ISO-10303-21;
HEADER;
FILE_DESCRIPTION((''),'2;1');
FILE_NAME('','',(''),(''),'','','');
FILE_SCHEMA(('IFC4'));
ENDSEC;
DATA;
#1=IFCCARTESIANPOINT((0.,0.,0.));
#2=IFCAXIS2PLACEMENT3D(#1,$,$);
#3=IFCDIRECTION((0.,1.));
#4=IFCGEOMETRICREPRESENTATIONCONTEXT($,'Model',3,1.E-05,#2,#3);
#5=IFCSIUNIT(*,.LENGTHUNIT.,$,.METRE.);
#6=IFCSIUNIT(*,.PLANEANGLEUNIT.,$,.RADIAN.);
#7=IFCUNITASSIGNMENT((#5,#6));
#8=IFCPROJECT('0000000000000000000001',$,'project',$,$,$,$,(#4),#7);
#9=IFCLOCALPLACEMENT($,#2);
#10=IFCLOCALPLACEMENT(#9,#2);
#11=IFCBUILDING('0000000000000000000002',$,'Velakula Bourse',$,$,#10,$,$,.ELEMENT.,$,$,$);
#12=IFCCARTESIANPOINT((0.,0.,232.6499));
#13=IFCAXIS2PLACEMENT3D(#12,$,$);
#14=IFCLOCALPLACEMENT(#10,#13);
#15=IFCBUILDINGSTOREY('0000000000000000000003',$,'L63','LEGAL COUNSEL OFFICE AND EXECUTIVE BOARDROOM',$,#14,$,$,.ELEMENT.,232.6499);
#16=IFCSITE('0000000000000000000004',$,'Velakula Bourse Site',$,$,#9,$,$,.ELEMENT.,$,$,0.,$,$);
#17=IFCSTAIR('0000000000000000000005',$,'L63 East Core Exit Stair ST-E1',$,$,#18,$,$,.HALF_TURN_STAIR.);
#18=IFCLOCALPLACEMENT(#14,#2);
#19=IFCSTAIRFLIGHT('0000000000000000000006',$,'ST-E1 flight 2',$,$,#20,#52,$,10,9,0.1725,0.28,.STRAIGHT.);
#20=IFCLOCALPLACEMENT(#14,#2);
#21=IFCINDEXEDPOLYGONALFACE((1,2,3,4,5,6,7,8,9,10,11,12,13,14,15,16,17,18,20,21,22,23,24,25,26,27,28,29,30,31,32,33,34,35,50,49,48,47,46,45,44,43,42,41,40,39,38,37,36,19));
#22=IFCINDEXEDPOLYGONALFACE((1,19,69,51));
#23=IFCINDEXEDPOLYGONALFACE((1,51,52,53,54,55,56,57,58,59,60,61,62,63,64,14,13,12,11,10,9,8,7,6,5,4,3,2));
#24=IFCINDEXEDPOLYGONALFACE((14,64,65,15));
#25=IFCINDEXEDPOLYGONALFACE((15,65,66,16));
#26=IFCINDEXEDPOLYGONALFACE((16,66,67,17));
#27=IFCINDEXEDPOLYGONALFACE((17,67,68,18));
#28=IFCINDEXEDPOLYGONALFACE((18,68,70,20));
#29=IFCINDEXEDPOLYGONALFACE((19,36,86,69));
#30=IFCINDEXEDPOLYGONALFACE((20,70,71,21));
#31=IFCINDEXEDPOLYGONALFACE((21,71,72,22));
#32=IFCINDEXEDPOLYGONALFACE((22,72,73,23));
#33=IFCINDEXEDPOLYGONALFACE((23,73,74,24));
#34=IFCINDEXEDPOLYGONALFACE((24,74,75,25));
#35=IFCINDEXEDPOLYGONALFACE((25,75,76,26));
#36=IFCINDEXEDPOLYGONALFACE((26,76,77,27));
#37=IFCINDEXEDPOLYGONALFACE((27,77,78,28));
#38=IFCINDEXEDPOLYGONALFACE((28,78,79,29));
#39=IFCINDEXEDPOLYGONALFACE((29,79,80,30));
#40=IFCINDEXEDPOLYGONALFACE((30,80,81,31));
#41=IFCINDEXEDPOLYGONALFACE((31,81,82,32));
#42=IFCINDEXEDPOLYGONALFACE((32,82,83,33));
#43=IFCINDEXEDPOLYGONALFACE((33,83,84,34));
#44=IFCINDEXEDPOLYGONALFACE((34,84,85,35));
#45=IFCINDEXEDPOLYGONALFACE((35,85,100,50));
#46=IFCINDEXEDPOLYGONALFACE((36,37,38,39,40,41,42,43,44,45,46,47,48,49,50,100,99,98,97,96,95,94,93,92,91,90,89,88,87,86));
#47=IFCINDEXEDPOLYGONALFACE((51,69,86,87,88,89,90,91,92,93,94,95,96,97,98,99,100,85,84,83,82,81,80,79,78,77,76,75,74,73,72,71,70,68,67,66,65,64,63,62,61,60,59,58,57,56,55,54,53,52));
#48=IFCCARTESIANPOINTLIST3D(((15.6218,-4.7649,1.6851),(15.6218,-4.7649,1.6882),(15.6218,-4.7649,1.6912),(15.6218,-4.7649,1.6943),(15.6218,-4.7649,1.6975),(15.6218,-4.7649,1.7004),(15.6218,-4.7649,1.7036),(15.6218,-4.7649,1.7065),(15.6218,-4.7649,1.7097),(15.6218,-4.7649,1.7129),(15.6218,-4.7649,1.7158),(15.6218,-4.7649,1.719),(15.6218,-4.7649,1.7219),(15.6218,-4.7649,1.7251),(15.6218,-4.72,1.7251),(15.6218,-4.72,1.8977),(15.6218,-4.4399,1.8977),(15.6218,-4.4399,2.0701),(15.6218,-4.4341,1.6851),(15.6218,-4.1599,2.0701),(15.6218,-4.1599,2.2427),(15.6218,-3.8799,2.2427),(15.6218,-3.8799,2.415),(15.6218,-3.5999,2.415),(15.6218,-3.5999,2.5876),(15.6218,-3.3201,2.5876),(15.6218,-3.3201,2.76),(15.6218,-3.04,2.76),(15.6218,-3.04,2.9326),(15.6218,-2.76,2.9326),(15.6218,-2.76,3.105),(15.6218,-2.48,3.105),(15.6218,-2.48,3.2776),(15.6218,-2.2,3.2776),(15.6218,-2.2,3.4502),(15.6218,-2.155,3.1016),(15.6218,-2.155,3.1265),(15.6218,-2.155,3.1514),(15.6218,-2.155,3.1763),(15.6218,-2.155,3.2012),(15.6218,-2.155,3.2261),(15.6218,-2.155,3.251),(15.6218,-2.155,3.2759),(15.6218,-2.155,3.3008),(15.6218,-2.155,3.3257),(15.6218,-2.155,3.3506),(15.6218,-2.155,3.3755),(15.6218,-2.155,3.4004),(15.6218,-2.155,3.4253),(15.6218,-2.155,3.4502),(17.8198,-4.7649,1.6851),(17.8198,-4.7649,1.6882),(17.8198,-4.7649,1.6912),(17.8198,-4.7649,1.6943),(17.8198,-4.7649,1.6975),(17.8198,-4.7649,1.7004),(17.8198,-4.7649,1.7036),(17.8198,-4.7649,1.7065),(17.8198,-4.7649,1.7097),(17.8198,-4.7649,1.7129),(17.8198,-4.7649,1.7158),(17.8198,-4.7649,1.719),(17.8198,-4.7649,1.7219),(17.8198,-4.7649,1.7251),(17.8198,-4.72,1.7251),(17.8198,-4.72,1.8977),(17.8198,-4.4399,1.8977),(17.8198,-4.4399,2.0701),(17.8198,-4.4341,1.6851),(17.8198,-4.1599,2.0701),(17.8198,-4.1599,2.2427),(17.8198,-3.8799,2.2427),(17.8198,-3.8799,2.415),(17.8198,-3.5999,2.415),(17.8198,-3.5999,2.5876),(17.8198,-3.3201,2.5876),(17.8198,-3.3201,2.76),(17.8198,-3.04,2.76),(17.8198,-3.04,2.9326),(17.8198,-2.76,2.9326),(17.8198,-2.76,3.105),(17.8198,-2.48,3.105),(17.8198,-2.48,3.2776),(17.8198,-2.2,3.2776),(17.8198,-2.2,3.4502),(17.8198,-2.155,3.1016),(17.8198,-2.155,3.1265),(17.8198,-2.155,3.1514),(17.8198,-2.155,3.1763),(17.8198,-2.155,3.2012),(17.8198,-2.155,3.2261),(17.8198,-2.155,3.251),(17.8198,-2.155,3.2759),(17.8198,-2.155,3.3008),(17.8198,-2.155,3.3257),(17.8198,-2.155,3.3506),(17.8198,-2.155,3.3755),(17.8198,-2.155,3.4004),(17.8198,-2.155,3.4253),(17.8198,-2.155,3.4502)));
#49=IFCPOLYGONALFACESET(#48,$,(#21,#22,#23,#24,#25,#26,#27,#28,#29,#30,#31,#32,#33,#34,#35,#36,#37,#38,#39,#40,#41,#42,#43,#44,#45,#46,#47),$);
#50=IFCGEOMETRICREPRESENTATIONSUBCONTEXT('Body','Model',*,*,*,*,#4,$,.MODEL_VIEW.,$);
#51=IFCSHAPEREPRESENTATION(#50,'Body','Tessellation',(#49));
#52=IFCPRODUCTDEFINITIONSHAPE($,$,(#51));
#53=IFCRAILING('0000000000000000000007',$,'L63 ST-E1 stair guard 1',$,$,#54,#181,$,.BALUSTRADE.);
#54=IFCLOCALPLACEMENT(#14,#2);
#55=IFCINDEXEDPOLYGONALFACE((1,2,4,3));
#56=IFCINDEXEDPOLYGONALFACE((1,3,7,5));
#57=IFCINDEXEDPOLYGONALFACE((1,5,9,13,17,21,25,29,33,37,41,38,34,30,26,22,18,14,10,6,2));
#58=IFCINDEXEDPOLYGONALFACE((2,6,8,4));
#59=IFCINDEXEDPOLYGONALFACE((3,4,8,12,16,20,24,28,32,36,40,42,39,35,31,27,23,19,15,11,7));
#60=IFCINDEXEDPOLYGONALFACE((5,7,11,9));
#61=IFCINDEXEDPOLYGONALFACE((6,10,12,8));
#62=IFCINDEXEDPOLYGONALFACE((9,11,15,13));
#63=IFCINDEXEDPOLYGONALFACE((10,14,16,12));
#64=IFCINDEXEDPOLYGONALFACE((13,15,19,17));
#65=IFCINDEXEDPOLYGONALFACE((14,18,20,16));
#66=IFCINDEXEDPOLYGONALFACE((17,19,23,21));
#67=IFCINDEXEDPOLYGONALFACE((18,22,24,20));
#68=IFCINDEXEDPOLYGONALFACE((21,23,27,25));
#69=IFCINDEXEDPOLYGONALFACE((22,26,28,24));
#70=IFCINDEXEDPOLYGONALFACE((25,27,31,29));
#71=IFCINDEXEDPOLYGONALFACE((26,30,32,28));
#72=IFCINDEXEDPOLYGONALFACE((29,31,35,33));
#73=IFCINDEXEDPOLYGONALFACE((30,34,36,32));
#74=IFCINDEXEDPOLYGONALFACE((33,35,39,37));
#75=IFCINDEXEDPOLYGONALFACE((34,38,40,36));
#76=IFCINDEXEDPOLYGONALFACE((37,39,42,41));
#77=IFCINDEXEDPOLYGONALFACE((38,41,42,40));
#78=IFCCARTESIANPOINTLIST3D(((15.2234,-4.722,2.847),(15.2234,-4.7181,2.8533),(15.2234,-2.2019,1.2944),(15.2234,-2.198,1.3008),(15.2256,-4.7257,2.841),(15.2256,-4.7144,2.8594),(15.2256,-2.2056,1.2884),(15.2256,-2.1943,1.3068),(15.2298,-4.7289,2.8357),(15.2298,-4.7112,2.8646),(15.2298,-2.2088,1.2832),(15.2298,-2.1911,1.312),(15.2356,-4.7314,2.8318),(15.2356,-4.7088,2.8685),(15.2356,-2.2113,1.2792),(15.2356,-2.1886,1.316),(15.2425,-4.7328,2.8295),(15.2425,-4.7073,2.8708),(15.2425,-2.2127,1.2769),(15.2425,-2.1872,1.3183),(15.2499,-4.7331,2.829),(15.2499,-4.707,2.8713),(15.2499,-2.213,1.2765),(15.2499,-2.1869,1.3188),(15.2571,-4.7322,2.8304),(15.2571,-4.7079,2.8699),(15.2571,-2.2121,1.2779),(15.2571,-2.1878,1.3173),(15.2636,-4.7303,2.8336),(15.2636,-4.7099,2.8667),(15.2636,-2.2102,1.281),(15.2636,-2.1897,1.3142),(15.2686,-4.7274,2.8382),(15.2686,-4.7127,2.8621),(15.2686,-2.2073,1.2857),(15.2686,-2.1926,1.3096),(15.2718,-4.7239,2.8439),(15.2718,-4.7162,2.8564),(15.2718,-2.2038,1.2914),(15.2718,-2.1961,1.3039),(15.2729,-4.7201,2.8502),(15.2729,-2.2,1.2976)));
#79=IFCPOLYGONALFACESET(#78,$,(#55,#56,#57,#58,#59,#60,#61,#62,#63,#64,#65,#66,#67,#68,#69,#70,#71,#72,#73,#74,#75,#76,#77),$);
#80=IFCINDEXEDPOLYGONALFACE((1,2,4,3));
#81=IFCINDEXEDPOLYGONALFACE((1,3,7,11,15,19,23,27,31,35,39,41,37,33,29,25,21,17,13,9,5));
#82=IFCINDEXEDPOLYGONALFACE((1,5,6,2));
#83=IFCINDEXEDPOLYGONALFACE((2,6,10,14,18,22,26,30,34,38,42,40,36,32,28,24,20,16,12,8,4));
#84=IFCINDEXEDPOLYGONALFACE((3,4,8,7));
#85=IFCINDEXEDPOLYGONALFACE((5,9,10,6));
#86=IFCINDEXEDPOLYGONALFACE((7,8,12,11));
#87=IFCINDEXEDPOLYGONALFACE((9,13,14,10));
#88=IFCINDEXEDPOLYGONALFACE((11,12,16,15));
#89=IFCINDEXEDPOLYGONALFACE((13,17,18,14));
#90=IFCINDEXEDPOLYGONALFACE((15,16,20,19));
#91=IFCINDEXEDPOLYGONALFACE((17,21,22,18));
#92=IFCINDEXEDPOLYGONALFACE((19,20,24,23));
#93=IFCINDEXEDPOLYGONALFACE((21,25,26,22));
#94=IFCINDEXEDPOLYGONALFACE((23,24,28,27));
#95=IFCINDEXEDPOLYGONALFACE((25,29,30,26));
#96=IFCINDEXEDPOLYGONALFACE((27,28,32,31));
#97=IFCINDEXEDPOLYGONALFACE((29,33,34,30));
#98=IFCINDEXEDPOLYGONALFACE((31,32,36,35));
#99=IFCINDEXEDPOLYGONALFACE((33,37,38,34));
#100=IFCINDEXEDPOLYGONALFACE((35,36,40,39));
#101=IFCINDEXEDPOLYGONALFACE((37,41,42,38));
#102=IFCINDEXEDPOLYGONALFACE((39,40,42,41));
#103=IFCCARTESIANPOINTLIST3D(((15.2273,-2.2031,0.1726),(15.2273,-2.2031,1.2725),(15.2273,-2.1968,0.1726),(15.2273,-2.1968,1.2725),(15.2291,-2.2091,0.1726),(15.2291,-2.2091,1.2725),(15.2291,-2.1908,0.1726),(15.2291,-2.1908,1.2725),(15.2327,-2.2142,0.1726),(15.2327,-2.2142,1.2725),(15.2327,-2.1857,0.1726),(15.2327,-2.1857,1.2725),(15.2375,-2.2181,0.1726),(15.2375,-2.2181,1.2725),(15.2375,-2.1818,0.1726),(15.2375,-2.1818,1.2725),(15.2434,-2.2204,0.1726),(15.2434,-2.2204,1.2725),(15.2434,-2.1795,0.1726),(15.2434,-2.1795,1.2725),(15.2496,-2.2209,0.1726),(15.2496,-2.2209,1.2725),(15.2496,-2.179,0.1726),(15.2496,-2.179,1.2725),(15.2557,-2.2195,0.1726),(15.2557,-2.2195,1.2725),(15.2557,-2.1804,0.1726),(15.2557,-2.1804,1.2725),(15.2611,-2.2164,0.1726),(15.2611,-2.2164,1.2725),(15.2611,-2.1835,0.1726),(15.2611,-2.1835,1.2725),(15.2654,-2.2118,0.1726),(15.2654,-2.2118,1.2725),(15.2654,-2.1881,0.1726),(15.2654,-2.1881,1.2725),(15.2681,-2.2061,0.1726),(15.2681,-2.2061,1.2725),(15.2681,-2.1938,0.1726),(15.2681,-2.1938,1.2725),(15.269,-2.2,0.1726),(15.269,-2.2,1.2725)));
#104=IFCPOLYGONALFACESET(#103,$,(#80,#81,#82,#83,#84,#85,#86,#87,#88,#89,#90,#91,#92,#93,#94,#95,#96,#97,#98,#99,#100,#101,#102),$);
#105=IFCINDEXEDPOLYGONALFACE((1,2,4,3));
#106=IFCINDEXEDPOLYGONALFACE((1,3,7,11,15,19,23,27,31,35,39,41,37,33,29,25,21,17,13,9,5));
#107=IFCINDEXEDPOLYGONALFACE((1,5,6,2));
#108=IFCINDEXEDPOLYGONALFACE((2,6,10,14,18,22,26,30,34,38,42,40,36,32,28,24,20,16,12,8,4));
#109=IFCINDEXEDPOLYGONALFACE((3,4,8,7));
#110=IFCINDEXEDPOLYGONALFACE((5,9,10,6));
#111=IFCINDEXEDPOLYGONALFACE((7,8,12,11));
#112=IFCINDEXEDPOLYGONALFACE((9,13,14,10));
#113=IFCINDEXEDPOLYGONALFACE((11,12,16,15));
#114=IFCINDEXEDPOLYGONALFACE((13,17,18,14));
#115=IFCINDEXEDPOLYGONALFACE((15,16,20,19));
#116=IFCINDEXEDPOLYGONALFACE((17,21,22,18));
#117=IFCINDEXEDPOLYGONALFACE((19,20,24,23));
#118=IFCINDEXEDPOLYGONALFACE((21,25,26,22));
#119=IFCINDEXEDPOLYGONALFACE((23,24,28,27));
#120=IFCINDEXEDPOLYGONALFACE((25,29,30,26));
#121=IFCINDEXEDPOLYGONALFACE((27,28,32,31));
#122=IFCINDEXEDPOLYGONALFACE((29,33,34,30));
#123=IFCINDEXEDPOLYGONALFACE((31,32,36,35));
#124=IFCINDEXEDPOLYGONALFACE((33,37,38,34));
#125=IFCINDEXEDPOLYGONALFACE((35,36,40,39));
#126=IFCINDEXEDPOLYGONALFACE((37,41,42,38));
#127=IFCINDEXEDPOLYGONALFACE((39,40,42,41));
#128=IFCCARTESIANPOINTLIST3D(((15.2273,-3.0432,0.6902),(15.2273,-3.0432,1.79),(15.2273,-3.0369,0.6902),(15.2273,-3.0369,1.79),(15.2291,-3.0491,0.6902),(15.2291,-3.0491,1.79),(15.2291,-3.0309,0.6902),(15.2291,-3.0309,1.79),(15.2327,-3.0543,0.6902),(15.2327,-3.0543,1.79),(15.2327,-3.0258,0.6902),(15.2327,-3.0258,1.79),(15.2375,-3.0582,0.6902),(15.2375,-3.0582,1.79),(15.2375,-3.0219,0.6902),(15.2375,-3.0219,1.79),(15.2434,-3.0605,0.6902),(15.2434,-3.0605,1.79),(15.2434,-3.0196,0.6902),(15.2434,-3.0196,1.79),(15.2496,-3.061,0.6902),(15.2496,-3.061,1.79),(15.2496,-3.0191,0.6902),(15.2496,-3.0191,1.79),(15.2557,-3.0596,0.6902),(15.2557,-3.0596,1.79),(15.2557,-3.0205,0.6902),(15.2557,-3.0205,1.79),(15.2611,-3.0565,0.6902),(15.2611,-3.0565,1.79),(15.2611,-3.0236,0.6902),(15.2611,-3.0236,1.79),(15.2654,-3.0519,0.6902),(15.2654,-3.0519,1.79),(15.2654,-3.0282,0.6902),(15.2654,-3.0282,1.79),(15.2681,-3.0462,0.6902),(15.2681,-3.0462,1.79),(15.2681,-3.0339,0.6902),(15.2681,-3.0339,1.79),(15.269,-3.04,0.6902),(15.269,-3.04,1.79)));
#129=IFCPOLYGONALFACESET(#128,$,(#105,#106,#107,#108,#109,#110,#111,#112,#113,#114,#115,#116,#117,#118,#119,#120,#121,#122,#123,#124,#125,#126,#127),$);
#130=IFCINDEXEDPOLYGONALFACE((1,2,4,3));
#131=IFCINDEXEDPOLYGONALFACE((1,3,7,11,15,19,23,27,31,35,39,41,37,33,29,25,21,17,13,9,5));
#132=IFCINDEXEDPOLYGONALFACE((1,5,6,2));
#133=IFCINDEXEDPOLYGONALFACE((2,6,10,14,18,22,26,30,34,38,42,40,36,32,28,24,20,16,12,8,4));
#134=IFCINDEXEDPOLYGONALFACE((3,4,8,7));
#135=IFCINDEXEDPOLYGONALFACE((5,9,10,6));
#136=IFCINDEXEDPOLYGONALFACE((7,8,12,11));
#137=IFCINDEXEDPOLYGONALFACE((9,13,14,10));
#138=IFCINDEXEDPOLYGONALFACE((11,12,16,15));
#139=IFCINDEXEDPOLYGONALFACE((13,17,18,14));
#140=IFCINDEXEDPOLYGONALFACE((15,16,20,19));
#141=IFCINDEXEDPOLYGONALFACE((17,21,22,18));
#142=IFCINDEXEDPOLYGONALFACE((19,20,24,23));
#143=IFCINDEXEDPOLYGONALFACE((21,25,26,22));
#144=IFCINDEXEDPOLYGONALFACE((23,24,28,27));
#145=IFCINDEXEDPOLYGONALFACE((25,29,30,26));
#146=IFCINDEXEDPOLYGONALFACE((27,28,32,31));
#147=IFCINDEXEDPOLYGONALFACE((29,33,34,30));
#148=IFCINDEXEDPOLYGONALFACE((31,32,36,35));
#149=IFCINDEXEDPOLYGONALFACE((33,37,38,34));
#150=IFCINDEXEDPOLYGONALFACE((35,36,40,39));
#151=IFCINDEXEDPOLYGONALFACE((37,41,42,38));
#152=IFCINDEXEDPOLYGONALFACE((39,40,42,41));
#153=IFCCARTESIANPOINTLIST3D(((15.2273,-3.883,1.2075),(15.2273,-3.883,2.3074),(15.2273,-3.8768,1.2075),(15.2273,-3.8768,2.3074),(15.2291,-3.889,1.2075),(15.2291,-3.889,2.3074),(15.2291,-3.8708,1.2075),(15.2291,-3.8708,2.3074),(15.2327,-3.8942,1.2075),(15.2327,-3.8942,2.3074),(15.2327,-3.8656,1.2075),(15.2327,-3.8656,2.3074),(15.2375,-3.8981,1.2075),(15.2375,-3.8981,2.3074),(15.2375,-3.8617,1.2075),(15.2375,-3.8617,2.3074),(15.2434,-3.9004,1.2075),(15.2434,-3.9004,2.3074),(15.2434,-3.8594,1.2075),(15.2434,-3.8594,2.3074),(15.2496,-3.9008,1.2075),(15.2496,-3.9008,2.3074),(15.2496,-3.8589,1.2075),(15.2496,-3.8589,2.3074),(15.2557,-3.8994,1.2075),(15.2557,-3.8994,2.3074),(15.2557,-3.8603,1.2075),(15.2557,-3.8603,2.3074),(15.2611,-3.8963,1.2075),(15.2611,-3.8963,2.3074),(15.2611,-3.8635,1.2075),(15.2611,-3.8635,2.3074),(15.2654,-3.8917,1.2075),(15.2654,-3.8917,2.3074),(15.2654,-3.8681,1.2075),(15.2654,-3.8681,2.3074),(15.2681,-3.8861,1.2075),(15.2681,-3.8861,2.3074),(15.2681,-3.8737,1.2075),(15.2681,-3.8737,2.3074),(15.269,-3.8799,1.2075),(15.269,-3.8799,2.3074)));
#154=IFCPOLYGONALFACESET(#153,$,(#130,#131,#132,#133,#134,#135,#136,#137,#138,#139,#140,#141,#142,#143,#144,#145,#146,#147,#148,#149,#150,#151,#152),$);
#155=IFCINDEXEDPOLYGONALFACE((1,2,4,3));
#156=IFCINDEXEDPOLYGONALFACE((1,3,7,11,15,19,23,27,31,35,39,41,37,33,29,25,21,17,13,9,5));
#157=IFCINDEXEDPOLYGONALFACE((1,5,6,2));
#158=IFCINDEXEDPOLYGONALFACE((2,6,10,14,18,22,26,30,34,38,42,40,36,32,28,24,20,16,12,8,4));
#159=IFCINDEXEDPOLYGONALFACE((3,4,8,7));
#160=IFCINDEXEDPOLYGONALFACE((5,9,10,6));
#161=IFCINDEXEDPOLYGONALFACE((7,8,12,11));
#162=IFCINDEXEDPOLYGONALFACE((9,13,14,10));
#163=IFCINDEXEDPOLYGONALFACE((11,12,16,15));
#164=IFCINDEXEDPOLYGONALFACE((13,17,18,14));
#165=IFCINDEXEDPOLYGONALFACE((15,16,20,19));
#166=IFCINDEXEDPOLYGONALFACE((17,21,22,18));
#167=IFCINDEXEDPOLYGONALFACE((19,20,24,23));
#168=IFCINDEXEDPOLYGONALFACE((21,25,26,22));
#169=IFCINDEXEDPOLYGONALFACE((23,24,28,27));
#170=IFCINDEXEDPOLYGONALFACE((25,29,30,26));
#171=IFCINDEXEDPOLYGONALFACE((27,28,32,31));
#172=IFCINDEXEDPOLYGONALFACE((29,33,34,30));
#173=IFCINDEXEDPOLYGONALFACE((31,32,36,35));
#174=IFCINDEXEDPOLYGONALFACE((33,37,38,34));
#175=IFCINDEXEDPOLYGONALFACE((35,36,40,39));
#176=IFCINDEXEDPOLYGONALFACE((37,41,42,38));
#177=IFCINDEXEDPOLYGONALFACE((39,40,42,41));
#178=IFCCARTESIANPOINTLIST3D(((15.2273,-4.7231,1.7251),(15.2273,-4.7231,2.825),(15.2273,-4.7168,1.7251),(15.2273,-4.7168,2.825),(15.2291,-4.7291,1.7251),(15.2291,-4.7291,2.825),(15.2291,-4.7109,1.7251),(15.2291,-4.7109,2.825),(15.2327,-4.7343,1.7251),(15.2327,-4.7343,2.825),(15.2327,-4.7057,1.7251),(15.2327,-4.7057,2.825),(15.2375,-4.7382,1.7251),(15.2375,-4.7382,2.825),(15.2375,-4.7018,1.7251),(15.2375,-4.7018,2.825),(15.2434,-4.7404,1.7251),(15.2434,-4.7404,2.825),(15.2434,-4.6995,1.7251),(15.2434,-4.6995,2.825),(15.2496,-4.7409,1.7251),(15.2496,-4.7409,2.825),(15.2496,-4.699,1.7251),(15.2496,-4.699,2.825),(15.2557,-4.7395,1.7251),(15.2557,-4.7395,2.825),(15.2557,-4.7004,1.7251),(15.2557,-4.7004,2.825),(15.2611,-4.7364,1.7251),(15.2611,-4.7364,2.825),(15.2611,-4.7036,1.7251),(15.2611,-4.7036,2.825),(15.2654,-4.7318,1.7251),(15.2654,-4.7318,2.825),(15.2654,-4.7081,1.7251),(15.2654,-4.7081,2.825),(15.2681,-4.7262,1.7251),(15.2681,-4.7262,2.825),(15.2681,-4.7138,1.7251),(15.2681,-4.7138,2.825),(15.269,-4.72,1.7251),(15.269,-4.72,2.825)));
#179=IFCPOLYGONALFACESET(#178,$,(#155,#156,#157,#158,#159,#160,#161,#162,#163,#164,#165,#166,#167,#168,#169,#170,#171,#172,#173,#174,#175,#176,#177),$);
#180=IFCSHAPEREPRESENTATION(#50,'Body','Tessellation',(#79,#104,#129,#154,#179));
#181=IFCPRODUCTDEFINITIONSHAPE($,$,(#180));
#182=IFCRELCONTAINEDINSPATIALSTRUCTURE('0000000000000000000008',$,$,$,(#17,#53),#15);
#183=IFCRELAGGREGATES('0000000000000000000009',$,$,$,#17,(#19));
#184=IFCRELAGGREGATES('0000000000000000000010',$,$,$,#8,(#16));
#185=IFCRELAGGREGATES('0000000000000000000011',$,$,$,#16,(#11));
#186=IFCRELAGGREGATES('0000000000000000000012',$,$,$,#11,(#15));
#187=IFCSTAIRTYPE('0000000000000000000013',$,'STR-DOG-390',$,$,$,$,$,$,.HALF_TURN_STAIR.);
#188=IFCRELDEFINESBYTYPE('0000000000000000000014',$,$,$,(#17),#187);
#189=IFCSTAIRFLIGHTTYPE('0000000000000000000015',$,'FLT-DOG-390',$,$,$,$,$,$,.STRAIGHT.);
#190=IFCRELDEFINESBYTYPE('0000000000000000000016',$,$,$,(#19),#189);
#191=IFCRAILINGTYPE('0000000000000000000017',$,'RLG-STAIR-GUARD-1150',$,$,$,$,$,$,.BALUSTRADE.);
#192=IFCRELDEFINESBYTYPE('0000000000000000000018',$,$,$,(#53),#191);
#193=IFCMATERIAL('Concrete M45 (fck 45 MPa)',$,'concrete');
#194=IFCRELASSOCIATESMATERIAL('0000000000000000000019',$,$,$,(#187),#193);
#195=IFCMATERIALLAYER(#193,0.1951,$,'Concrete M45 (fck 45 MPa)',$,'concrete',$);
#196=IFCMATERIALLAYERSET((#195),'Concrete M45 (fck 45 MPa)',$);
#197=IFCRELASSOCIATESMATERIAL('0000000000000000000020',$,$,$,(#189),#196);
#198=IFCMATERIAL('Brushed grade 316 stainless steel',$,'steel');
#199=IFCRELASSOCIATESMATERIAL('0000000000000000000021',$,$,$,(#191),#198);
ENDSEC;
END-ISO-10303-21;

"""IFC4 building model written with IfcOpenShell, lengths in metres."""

from ifc_helpers import new_model, si_unit, direction, frame, origin, origin_2d, place, context, subcontext, project, spatial, polyline, circle, outline, extrude, material, layer, layer_set, type_object, element, aggregate, save


model = new_model("IFC4")

# Units and contexts
model_context = context("Model", 3, precision=1e-05, world=origin(), true_north=direction((0.0, 1.0)))
body_context = subcontext(model_context, "Body", "Model", "MODEL_VIEW")
ifc_project = project(units=[si_unit("LENGTHUNIT", "METRE"), si_unit("PLANEANGLEUNIT", "RADIAN")], contexts=[model_context])

# Site, building, storey
site_placement = place(None, origin())
site = spatial("IfcSite", under=ifc_project, at=site_placement, Name="Velakula Bourse Site", CompositionType="ELEMENT", RefElevation=0.0)
building_placement = place(site_placement, origin())
building = spatial("IfcBuilding", under=site, at=building_placement, Name="Velakula Bourse", CompositionType="ELEMENT")
storey_placement = place(building_placement, frame((0.0, 0.0, 232.6499)))
storey = spatial("IfcBuildingStorey", under=building, at=storey_placement, Name="L63", Description="LEGAL COUNSEL OFFICE AND EXECUTIVE BOARDROOM", CompositionType="ELEMENT", Elevation=232.6499)

# Shared definitions
ifc_material_1 = material(Name="Brushed grade 316 stainless steel", Category="steel")

# Stair, stair flight
ifc_material_2 = material(Name="Concrete M45 (fck 45 MPa)", Category="concrete")
stair_type = type_object("IfcStairType", Name="STR-DOG-390", PredefinedType="HALF_TURN_STAIR", material=ifc_material_2)
stair_placement = place(storey_placement, origin())
stair = element("IfcStair", 1, at=stair_placement, inside=storey, type_object=stair_type, Name="L63 East Core Exit Stair ST-E1", PredefinedType="HALF_TURN_STAIR")
ifc_layer_1 = layer(ifc_material_2, 0.1951, Name="Concrete M45 (fck 45 MPa)", Category="concrete")
ifc_layer_set_1 = layer_set([ifc_layer_1], Name="Concrete M45 (fck 45 MPa)")
stair_flight_type = type_object("IfcStairFlightType", Name="FLT-DOG-390", PredefinedType="STRAIGHT", material=ifc_layer_set_1)
stair_flight_1_placement = place(storey_placement, frame((16.7209, -4.72, 1.7251), z_axis=(0.0, 0.0, 1.0), x_axis=(0.0, 1.0, 0.0)))
stair_flight_1 = element("IfcStairFlight", 2, at=stair_flight_1_placement, type_object=stair_flight_type, Name="ST-E1 flight 2", NumberOfRisers=10, NumberOfTreads=9, PredefinedType="STRAIGHT", RiserHeight=0.1725, TreadLength=0.28, context=body_context, shape_type="SweptSolid", body=[
    extrude(outline(polyline([(-0.0449, -0.04), (-0.0449, -0.0369), (-0.0449, -0.0339), (-0.0449, -0.0308), (-0.0449, -0.0276), (-0.0449, -0.0247), (-0.0449, -0.0215), (-0.0449, -0.0186), (-0.0449, -0.0154), (-0.0449, -0.0122), (-0.0449, -0.0093), (-0.0449, -0.0061), (-0.0449, -0.0032), (-0.0449, 0.0), (0.0, 0.0), (0.0, 0.1726), (0.28, 0.1726), (0.28, 0.345), (0.5601, 0.345), (0.5601, 0.5176), (0.8401, 0.5176), (0.8401, 0.6899), (1.1201, 0.6899), (1.1201, 0.8625), (1.3999, 0.8625), (1.3999, 1.0349), (1.6799, 1.0349), (1.6799, 1.2075), (1.96, 1.2075), (1.96, 1.3799), (2.24, 1.3799), (2.24, 1.5525), (2.52, 1.5525), (2.52, 1.7251), (2.5649, 1.7251), (2.5649, 1.7002), (2.5649, 1.6753), (2.5649, 1.6504), (2.5649, 1.6255), (2.5649, 1.6006), (2.5649, 1.5757), (2.5649, 1.5508), (2.5649, 1.5259), (2.5649, 1.501), (2.5649, 1.4761), (2.5649, 1.4512), (2.5649, 1.4263), (2.5649, 1.4014), (2.5649, 1.3765), (0.2859, -0.04), (-0.0449, -0.04)])), frame((0.0, 1.0991, 0.0), z_axis=(0.0, -1.0, 0.0), x_axis=(1.0, 0.0, 0.0)), (0.0, 0.0, 1.0), 2.198),
])
aggregate(stair, [stair_flight_1])

# Railing
railing_type_1 = type_object("IfcRailingType", Name="RLG-STAIR-GUARD-1150", PredefinedType="BALUSTRADE", material=ifc_material_1)
railing_1_placement = place(storey_placement, frame((15.248, -2.2, 0.1726)))
element("IfcRailing", 3, at=railing_1_placement, inside=storey, type_object=railing_type_1, Name="L63 ST-E1 stair guard 1", PredefinedType="BALUSTRADE", context=body_context, shape_type="SweptSolid", body=[
    extrude(circle(Radius=0.0249, at=origin_2d()), frame((0.0, 0.0, 1.125), z_axis=(0.0, -0.8514, 0.524516), x_axis=(1.0, 0.0, 0.0)), (0.0, 0.0, 1.0), 2.96),
    extrude(circle(Radius=0.021, at=origin_2d()), origin(), (0.0, 0.0, 1.0), 1.0999),
    extrude(circle(Radius=0.021, at=origin_2d()), frame((0.0, -0.8401, 0.5176)), (0.0, 0.0, 1.0), 1.0999),
    extrude(circle(Radius=0.021, at=origin_2d()), frame((0.0, -1.6799, 1.0349)), (0.0, 0.0, 1.0), 1.0999),
    extrude(circle(Radius=0.021, at=origin_2d()), frame((0.0, -2.52, 1.5525)), (0.0, 0.0, 1.0), 1.0999),
])

save(model, "model.ifc")
